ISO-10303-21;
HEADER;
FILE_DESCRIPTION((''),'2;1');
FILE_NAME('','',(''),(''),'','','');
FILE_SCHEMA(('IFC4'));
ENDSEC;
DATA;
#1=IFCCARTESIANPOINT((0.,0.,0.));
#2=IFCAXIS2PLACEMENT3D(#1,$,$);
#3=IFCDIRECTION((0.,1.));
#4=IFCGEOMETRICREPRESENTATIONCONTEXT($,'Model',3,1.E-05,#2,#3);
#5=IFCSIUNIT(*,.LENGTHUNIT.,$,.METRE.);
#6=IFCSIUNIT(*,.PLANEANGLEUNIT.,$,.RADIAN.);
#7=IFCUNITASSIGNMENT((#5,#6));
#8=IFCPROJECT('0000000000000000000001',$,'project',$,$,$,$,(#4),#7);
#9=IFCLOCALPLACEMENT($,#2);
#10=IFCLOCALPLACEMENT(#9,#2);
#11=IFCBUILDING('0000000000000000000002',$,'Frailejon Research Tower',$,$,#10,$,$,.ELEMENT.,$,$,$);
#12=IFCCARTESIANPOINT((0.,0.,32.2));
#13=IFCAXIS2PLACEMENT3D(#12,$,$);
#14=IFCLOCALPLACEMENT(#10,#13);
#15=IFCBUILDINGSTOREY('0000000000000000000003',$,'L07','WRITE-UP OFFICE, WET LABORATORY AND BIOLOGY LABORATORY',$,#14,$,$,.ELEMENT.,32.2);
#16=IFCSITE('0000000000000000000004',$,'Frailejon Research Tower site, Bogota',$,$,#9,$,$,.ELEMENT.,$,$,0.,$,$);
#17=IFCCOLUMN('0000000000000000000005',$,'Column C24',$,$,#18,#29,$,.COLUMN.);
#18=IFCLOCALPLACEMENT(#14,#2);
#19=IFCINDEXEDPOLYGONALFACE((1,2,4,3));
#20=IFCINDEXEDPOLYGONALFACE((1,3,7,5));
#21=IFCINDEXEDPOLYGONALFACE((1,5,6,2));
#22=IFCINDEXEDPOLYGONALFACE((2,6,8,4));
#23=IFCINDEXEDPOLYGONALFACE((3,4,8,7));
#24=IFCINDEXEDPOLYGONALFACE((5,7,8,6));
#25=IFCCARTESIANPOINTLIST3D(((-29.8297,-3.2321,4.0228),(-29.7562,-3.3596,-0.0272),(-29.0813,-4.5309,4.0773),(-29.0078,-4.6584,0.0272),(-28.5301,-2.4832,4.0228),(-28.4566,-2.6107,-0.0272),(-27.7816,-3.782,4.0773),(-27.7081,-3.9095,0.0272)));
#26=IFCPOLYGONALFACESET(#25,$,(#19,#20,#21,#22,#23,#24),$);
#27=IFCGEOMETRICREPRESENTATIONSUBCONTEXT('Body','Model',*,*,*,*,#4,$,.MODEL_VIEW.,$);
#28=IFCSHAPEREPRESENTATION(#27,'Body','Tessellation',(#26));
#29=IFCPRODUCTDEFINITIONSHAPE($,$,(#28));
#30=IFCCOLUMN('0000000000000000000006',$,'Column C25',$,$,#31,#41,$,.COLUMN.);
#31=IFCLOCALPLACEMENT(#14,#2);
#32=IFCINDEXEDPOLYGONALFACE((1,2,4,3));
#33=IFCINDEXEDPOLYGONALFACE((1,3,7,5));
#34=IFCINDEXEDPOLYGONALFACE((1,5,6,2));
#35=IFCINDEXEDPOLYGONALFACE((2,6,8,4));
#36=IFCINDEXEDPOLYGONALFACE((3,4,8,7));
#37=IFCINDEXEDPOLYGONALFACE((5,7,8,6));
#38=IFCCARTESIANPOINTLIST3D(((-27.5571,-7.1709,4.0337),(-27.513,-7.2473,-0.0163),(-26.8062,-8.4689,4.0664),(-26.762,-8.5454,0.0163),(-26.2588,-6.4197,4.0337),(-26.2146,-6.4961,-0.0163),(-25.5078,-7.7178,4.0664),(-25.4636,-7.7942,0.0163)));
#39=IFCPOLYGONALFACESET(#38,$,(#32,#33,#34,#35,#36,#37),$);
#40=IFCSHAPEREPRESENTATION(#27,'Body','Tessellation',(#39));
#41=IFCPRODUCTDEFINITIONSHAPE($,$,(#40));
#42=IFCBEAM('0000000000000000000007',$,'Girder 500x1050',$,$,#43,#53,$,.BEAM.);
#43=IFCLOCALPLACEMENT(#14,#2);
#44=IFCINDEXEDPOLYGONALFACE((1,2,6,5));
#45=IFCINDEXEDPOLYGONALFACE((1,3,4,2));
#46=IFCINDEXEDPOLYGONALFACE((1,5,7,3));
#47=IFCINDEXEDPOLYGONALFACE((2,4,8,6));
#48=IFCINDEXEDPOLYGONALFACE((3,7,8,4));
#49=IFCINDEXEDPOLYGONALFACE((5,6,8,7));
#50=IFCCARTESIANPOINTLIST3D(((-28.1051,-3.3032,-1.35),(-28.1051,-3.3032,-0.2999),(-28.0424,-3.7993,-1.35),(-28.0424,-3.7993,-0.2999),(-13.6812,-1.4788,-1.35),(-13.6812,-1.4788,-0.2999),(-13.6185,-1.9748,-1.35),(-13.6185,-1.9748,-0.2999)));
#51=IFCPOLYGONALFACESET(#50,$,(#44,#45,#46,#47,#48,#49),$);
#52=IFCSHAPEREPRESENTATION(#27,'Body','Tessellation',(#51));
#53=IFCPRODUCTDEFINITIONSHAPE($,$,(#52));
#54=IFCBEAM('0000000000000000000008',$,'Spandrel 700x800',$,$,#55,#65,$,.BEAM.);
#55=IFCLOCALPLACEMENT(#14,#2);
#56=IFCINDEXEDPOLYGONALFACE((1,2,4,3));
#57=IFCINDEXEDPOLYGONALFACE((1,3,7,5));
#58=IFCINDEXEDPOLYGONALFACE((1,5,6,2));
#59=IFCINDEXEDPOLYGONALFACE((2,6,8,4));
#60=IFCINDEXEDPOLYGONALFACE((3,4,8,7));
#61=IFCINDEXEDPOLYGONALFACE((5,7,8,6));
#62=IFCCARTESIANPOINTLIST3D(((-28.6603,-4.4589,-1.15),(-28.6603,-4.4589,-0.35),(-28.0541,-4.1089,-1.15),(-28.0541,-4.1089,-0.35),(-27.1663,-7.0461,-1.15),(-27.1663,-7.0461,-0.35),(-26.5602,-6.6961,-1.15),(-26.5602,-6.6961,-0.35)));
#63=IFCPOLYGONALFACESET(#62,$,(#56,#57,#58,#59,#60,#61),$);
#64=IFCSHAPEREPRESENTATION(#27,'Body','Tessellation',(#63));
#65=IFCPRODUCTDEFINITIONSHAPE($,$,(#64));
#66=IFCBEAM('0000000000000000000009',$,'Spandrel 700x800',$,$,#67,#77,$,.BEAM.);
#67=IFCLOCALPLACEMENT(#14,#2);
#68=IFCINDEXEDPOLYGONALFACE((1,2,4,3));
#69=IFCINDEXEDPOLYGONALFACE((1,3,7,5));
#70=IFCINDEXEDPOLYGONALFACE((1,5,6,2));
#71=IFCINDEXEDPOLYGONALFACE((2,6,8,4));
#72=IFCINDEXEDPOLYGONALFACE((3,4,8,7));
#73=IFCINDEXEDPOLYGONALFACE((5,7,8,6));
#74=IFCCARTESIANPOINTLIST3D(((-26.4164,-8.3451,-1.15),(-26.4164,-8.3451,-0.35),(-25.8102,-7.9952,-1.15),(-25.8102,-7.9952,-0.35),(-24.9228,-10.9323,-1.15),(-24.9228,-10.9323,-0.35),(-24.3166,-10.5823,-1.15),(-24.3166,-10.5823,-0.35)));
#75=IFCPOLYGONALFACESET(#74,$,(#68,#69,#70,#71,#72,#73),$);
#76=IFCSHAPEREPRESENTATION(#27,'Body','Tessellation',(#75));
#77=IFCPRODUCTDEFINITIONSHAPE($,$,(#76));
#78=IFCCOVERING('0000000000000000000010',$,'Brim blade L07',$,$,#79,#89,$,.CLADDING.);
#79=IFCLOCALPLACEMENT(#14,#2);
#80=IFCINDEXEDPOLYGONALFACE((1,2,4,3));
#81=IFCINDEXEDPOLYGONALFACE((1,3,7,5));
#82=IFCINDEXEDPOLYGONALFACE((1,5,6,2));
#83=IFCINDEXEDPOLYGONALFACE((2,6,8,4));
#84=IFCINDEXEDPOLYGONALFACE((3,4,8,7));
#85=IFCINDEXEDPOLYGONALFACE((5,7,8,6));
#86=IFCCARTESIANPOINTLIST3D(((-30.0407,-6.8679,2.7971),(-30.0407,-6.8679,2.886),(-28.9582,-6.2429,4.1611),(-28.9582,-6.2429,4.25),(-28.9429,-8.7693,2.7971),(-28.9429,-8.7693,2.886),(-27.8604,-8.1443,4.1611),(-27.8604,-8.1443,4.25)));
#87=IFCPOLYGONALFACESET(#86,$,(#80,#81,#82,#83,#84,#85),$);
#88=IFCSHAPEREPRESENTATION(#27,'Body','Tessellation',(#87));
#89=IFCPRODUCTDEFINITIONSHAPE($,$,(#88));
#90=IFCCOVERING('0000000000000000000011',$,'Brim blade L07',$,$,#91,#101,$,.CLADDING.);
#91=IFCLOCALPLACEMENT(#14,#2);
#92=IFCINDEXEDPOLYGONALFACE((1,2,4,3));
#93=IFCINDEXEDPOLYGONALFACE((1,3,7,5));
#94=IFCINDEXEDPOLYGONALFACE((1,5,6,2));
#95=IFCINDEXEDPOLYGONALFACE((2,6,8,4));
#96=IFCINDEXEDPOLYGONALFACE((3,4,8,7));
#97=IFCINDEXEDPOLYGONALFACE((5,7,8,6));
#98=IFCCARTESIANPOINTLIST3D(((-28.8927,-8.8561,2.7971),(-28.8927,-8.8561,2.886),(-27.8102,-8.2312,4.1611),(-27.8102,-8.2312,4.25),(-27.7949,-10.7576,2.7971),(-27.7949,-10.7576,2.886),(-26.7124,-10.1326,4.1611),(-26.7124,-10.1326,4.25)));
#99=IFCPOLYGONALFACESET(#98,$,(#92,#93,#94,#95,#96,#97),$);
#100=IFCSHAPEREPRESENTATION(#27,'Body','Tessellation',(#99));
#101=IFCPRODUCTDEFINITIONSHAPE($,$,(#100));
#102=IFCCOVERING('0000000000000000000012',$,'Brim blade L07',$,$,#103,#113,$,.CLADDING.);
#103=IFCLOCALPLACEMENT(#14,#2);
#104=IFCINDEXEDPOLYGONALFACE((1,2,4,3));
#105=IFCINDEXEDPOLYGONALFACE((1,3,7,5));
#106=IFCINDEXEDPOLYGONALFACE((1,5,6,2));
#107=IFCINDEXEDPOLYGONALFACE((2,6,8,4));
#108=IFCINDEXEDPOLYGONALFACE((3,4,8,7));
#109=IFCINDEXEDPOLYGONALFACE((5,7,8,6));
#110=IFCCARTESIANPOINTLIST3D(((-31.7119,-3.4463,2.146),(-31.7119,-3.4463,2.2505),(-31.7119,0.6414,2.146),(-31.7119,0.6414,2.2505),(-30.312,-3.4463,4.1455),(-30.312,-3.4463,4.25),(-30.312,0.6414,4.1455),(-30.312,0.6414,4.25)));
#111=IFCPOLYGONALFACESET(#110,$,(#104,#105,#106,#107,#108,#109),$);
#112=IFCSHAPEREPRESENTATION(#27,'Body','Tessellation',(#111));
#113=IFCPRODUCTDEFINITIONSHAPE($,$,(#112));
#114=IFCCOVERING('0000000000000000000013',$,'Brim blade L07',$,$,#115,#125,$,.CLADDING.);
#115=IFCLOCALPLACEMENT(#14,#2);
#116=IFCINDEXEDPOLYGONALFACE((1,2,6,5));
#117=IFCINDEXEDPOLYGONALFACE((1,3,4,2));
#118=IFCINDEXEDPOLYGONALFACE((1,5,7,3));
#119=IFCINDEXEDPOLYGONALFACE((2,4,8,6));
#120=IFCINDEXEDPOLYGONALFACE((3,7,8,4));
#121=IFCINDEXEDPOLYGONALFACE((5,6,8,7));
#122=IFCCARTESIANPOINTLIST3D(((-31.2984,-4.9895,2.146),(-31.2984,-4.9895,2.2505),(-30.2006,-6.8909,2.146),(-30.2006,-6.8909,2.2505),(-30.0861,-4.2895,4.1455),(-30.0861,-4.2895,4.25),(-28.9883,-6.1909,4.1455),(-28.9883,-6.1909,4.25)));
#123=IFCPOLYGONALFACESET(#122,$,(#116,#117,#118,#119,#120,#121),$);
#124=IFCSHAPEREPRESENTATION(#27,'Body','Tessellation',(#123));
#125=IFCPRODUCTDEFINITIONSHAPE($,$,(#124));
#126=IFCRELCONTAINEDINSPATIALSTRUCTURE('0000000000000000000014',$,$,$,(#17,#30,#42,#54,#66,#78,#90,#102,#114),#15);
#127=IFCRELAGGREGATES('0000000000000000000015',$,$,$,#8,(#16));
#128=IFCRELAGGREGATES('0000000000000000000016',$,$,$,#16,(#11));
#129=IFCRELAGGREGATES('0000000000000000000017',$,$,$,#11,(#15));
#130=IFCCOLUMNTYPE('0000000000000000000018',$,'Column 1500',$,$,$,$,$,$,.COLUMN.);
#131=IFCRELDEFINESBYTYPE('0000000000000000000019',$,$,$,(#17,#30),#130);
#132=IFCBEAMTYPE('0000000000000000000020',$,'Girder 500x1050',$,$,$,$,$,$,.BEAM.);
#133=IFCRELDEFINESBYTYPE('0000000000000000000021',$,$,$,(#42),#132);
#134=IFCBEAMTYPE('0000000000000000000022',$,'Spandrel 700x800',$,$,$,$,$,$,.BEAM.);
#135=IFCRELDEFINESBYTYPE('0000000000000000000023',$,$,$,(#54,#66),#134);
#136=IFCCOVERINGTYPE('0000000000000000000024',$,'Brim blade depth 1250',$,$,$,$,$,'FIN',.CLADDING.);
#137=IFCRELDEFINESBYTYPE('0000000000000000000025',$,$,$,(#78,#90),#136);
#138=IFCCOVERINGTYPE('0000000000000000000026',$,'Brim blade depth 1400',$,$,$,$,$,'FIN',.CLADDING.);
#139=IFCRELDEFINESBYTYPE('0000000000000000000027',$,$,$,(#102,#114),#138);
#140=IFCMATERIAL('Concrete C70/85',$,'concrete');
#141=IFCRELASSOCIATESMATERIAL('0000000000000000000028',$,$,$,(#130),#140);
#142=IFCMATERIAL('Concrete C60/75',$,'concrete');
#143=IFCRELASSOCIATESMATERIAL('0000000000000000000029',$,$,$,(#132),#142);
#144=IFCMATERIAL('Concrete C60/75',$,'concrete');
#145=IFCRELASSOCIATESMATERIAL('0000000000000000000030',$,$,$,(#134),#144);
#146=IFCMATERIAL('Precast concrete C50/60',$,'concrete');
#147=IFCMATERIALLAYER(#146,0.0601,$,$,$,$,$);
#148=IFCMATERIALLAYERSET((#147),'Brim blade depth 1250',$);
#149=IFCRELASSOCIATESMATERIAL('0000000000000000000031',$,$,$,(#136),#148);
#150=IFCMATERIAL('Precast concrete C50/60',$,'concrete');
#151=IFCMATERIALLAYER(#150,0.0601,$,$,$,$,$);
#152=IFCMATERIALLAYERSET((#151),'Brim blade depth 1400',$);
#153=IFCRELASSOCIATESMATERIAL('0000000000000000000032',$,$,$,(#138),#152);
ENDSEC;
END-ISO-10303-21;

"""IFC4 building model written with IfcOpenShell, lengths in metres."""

from ifc_helpers import new_model, si_unit, direction, frame, origin, origin_2d, place, context, subcontext, project, spatial, polyline, rectangle, outline, extrude, material, layer, layer_set, material_profile, profile_set, type_object, element, save


model = new_model("IFC4")

# Units and contexts
model_context = context("Model", 3, precision=1e-05, world=origin(), true_north=direction((0.0, 1.0)))
body_context = subcontext(model_context, "Body", "Model", "MODEL_VIEW")
ifc_project = project(units=[si_unit("LENGTHUNIT", "METRE"), si_unit("PLANEANGLEUNIT", "RADIAN")], contexts=[model_context])

# Site, building, storey
site_placement = place(None, origin())
site = spatial("IfcSite", under=ifc_project, at=site_placement, Name="Frailejon Research Tower site, Bogota", CompositionType="ELEMENT", RefElevation=0.0)
building_placement = place(site_placement, origin())
building = spatial("IfcBuilding", under=site, at=building_placement, Name="Frailejon Research Tower", CompositionType="ELEMENT")
storey_placement = place(building_placement, frame((0.0, 0.0, 32.2)))
storey = spatial("IfcBuildingStorey", under=building, at=storey_placement, Name="L07", Description="WRITE-UP OFFICE, WET LABORATORY AND BIOLOGY LABORATORY", CompositionType="ELEMENT", Elevation=32.2)

# Columns
ifc_material_1 = material(Name="Concrete C70/85", Category="concrete")
ifc_material_profile_1 = material_profile(ifc_material_1, rectangle(XDim=1.5, YDim=1.5, at=origin_2d()), Name="Column 1500")
ifc_profile_set_1 = profile_set([ifc_material_profile_1], Name="Concrete C70/85")
column_type = type_object("IfcColumnType", Name="Column 1500", PredefinedType="COLUMN", material=ifc_profile_set_1)
column_1_placement = place(storey_placement, frame((-28.7322, -3.6345, 0.0), z_axis=(-0.018133, 0.031446, 0.999341), x_axis=(0.498955, -0.865867, 0.036299)))
element("IfcColumn", 1, at=column_1_placement, inside=storey, type_object=column_type, Name="Column C24", PredefinedType="COLUMN", context=body_context, shape_type="SweptSolid", body=[
    extrude(rectangle(XDim=1.5, YDim=1.5, at=origin_2d()), origin(), (0.0, 0.0, 1.0), 4.0527),
])
column_2_placement = place(storey_placement, frame((-26.4883, -7.5208, 0.0), z_axis=(-0.010908, 0.018863, 0.999763), x_axis=(0.500638, -0.865382, 0.02179)))
element("IfcColumn", 2, at=column_2_placement, inside=storey, type_object=column_type, Name="Column C25", PredefinedType="COLUMN", context=body_context, shape_type="SweptSolid", body=[
    extrude(rectangle(XDim=1.5, YDim=1.5, at=origin_2d()), origin(), (0.0, 0.0, 1.0), 4.051),
])

# Beams
ifc_material_2 = material(Name="Concrete C60/75", Category="concrete")
ifc_material_profile_2 = material_profile(ifc_material_2, rectangle(XDim=0.5, YDim=1.05, at=origin_2d()), Name="Girder 500x1050")
ifc_profile_set_2 = profile_set([ifc_material_profile_2], Name="Concrete C60/75")
beam_type_1 = type_object("IfcBeamType", Name="Girder 500x1050", PredefinedType="BEAM", material=ifc_profile_set_2)
beam_1_placement = place(storey_placement, frame((-28.0737, -3.5513, -0.825), z_axis=(0.992095, 0.12549, 0.0), x_axis=(-0.12549, 0.992095, 0.0)))
element("IfcBeam", 3, at=beam_1_placement, inside=storey, type_object=beam_type_1, Name="Girder 500x1050", PredefinedType="BEAM", context=body_context, shape_type="SweptSolid", body=[
    extrude(rectangle(XDim=0.5, YDim=1.05, at=origin_2d()), origin(), (0.0, 0.0, 1.0), 14.5388),
])
ifc_material_3 = material(Name="Concrete C60/75", Category="concrete")
ifc_material_profile_3 = material_profile(ifc_material_3, rectangle(XDim=0.7, YDim=0.8, at=origin_2d()), Name="Spandrel 700x800")
ifc_profile_set_3 = profile_set([ifc_material_profile_3], Name="Concrete C60/75")
beam_type_2 = type_object("IfcBeamType", Name="Spandrel 700x800", PredefinedType="BEAM", material=ifc_profile_set_3)
beam_2_placement = place(storey_placement, frame((-28.3572, -4.2839, -0.75), z_axis=(0.50005, -0.865996, 0.0), x_axis=(0.865996, 0.50005, 0.0)))
element("IfcBeam", 4, at=beam_2_placement, inside=storey, type_object=beam_type_2, Name="Spandrel 700x800", PredefinedType="BEAM", context=body_context, shape_type="SweptSolid", body=[
    extrude(rectangle(XDim=0.7, YDim=0.8, at=origin_2d()), origin(), (0.0, 0.0, 1.0), 2.9875),
])
beam_3_placement = place(storey_placement, frame((-26.1133, -8.1702, -0.75), z_axis=(0.499989, -0.866032, 0.0), x_axis=(0.866032, 0.499989, 0.0)))
element("IfcBeam", 5, at=beam_3_placement, inside=storey, type_object=beam_type_2, Name="Spandrel 700x800", PredefinedType="BEAM", context=body_context, shape_type="SweptSolid", body=[
    extrude(rectangle(XDim=0.7, YDim=0.8, at=origin_2d()), origin(), (0.0, 0.0, 1.0), 2.9873),
])

# Coverings
ifc_material_4 = material(Name="Precast concrete C50/60", Category="concrete")
ifc_layer_1 = layer(ifc_material_4, 0.0601)
ifc_layer_set_1 = layer_set([ifc_layer_1], Name="Brim blade depth 1250")
covering_type_1 = type_object("IfcCoveringType", Name="Brim blade depth 1250", ElementType="FIN", PredefinedType="CLADDING", material=ifc_layer_set_1)
for number, where, z_axis, x_axis, name in (
    (6, (-27.8604, -8.1443, 4.25), (-0.500012, 0.866018, 0.0), (-0.866018, -0.500012, 0.0), "Brim blade L07"),
    (7, (-26.7124, -10.1326, 4.25), (-0.499996, 0.866028, 0.0), (-0.866028, -0.499996, 0.0), "Brim blade L07"),
):
    element("IfcCovering", number, at=place(storey_placement, frame(where, z_axis=z_axis, x_axis=x_axis)), inside=storey, type_object=covering_type_1, Name=name, PredefinedType="CLADDING", context=body_context, shape_type="SweptSolid", body=[
        extrude(outline(polyline([(0.0, -0.0889), (1.25, -1.4529), (1.25, -1.364), (0.0, 0.0), (0.0, -0.0889)])), origin(), (0.0, 0.0, 1.0), 2.1956),
    ])
ifc_material_5 = material(Name="Precast concrete C50/60", Category="concrete")
ifc_layer_2 = layer(ifc_material_5, 0.0601)
ifc_layer_set_2 = layer_set([ifc_layer_2], Name="Brim blade depth 1400")
covering_type_2 = type_object("IfcCoveringType", Name="Brim blade depth 1400", ElementType="FIN", PredefinedType="CLADDING", material=ifc_layer_set_2)
covering_1_placement = place(storey_placement, frame((-30.312, -3.4463, 4.25), z_axis=(0.0, 1.0, 0.0), x_axis=(-1.0, 0.0, 0.0)))
element("IfcCovering", 8, at=covering_1_placement, inside=storey, type_object=covering_type_2, Name="Brim blade L07", PredefinedType="CLADDING", context=body_context, shape_type="SweptSolid", body=[
    extrude(outline(polyline([(0.0, -0.1045), (1.3999, -2.104), (1.3999, -1.9995), (0.0, 0.0), (0.0, -0.1045)])), origin(), (0.0, 0.0, 1.0), 4.0876),
])
covering_2_placement = place(storey_placement, frame((-28.9883, -6.1909, 4.25), z_axis=(-0.500012, 0.866018, 0.0), x_axis=(-0.866018, -0.500012, 0.0)))
element("IfcCovering", 9, at=covering_2_placement, inside=storey, type_object=covering_type_2, Name="Brim blade L07", PredefinedType="CLADDING", context=body_context, shape_type="SweptSolid", body=[
    extrude(outline(polyline([(0.0, -0.1045), (1.3999, -2.104), (1.3999, -1.9995), (0.0, 0.0), (0.0, -0.1045)])), origin(), (0.0, 0.0, 1.0), 2.1956),
])

save(model, "model.ifc")
